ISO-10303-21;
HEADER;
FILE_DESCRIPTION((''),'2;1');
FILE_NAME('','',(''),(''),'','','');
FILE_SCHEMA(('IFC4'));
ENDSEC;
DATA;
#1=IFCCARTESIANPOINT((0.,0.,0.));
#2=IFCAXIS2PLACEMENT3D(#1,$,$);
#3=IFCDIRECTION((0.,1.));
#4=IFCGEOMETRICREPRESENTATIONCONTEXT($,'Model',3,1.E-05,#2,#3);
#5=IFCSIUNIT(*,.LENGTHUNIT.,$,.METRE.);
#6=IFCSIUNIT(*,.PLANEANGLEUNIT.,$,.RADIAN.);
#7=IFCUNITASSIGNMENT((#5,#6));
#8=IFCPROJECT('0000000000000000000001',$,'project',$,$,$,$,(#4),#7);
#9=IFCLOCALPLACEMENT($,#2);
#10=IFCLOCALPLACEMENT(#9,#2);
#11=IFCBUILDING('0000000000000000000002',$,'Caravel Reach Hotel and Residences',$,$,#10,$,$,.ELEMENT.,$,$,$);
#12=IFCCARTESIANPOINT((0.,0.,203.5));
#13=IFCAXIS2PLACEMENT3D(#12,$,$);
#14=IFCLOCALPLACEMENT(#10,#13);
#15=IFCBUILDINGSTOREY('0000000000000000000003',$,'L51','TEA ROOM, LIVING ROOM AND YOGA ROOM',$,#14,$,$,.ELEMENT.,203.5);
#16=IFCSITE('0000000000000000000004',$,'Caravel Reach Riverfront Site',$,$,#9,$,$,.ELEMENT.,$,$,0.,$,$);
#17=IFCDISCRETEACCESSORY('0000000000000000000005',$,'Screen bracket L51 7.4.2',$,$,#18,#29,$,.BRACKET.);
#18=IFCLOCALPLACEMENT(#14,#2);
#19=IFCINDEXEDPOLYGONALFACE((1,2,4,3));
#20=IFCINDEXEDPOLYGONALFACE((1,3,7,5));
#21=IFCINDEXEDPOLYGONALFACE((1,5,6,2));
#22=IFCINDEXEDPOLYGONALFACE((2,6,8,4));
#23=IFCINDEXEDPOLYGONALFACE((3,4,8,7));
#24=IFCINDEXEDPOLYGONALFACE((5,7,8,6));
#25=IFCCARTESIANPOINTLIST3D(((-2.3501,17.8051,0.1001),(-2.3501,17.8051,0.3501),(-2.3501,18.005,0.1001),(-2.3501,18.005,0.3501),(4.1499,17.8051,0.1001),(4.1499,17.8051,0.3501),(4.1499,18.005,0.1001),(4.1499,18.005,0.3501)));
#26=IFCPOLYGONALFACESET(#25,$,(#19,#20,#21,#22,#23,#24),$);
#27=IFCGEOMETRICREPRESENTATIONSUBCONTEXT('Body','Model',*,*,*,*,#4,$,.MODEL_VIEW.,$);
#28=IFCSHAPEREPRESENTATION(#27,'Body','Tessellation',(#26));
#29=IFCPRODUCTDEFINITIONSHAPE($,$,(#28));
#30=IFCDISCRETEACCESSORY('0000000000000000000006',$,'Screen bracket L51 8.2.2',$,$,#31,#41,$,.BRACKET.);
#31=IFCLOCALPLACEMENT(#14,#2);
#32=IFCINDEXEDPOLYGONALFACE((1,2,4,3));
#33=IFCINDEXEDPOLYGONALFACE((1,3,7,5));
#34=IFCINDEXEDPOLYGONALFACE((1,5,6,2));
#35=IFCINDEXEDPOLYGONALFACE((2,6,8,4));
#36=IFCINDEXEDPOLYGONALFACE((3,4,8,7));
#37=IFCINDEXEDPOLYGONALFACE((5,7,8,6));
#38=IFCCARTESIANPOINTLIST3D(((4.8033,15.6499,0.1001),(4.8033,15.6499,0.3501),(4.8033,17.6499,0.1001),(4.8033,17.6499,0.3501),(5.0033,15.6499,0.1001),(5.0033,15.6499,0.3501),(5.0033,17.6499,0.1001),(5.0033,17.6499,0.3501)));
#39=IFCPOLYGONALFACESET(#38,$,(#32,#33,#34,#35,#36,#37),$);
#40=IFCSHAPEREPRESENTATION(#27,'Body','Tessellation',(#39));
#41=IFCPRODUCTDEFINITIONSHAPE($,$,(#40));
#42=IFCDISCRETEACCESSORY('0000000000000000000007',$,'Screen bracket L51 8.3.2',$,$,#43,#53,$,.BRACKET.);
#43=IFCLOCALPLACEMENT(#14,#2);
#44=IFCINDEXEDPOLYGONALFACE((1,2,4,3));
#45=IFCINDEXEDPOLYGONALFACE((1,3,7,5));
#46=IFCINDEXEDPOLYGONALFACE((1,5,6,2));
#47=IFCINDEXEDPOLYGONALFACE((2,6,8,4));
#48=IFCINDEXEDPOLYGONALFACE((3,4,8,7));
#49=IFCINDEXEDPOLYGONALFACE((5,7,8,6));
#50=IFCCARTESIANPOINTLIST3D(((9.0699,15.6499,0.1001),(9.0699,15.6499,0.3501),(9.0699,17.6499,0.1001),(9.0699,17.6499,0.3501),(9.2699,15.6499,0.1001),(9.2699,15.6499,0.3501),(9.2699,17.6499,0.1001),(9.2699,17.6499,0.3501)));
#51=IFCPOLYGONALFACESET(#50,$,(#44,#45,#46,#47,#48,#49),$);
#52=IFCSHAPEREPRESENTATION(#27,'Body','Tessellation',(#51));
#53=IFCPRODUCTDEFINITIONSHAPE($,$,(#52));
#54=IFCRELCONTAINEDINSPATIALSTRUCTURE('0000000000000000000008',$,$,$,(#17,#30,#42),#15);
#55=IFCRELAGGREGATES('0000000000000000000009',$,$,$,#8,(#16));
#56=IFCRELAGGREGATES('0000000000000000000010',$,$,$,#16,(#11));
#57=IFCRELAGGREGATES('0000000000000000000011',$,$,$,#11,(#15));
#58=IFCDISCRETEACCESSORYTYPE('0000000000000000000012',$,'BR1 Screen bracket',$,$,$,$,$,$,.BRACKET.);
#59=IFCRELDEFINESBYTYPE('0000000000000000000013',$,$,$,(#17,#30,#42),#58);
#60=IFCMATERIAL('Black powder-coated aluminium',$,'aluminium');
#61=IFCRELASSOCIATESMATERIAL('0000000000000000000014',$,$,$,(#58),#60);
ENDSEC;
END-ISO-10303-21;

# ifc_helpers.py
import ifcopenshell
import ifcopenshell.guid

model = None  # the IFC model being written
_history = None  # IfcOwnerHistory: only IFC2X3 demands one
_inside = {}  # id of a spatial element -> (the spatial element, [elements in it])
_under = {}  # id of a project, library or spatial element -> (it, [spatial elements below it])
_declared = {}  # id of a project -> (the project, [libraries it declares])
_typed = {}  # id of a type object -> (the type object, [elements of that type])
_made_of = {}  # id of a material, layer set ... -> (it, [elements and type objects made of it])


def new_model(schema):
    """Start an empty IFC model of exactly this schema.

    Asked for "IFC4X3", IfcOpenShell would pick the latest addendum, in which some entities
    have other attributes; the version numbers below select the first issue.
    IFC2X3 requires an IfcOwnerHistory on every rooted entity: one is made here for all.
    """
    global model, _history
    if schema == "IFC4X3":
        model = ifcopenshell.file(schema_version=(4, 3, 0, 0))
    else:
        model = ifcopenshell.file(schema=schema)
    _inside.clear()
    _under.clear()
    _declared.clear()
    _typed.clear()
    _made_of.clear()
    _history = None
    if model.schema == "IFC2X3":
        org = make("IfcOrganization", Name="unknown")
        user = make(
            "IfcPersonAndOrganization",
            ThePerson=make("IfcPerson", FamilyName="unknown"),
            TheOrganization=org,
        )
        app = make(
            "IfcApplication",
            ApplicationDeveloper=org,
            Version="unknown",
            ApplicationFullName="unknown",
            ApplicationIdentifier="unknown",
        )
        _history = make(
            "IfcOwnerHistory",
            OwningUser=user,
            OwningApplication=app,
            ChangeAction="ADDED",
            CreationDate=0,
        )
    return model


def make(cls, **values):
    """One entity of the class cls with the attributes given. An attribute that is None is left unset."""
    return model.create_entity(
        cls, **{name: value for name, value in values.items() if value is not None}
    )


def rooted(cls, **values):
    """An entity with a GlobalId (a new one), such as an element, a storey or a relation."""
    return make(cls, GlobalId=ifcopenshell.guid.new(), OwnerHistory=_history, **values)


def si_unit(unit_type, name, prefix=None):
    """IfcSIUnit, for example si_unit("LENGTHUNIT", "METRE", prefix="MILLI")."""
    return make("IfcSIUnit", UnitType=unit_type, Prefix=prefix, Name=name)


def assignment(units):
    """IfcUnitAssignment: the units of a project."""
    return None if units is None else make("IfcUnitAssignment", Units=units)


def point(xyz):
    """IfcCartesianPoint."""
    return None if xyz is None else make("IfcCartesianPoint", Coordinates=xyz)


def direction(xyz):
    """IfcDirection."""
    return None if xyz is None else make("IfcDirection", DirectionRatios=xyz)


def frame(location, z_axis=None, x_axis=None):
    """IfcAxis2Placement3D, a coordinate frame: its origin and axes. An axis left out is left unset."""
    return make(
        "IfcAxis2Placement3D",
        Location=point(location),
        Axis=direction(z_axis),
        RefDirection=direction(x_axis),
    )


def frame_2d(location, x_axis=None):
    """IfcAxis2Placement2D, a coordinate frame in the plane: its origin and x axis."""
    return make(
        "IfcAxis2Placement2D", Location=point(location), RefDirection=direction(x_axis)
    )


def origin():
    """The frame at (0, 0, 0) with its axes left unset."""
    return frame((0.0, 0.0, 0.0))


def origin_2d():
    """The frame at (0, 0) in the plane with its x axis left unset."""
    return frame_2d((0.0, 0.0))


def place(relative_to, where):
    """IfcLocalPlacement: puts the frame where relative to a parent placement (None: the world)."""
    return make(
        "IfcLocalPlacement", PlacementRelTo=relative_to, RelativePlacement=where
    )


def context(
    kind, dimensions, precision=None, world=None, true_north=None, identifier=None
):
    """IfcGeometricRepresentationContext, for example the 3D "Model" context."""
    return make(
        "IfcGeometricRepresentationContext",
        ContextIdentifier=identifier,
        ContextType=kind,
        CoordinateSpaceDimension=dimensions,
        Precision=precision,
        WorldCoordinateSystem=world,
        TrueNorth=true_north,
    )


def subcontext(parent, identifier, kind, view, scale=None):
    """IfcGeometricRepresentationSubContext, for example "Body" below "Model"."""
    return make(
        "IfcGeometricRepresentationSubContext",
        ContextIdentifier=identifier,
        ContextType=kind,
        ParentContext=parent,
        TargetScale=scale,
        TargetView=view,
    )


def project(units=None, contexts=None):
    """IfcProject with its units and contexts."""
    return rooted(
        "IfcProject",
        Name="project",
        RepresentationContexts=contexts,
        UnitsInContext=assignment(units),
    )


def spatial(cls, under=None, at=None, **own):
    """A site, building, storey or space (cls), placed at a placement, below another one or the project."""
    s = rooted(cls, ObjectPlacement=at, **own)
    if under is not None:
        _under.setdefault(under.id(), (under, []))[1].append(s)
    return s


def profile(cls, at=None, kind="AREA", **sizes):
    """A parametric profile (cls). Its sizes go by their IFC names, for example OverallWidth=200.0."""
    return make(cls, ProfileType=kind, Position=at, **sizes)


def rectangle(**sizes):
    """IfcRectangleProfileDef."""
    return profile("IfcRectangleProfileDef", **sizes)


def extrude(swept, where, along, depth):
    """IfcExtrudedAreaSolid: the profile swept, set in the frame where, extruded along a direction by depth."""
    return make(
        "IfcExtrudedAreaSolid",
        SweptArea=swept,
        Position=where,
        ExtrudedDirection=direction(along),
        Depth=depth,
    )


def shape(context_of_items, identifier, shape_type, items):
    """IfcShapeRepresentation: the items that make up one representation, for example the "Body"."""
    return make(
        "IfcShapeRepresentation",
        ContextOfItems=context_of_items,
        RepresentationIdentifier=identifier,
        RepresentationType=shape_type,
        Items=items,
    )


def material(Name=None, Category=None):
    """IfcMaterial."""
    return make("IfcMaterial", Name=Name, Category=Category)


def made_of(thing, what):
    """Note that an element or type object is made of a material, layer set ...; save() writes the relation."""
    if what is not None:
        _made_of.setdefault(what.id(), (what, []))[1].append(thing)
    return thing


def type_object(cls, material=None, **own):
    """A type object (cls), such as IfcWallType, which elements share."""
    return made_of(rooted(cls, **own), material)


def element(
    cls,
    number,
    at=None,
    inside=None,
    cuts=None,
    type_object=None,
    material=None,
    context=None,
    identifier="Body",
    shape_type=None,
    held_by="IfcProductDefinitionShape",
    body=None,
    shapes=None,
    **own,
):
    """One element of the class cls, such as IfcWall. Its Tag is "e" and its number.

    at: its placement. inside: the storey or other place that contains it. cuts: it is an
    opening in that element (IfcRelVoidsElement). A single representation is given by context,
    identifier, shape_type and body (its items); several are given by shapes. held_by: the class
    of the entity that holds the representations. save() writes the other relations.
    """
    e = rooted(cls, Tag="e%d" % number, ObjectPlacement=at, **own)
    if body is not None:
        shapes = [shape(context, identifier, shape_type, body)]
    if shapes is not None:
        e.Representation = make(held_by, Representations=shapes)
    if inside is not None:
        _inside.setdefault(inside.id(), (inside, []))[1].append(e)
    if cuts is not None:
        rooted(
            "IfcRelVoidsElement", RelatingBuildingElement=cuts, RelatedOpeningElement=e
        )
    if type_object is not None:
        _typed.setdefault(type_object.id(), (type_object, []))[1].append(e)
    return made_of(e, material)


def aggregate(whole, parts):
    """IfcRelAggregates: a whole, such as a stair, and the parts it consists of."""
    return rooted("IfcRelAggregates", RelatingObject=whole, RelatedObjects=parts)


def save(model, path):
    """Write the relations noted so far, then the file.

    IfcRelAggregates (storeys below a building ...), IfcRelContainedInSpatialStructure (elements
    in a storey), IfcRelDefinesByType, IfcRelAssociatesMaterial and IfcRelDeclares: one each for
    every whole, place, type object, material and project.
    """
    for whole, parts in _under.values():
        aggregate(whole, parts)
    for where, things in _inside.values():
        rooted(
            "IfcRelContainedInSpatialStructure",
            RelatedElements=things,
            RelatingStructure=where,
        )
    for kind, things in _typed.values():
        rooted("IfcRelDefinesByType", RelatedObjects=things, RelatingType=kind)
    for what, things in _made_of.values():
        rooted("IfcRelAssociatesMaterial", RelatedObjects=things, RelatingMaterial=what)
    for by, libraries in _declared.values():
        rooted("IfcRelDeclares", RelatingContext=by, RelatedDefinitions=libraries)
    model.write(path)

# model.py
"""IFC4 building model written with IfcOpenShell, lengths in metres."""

from ifc_helpers import new_model, si_unit, direction, frame, origin, origin_2d, place, context, subcontext, project, spatial, rectangle, extrude, material, type_object, element, save


model = new_model("IFC4")

# Units and contexts
model_context = context("Model", 3, precision=1e-05, world=origin(), true_north=direction((0.0, 1.0)))
body_context = subcontext(model_context, "Body", "Model", "MODEL_VIEW")
ifc_project = project(units=[si_unit("LENGTHUNIT", "METRE"), si_unit("PLANEANGLEUNIT", "RADIAN")], contexts=[model_context])

# Site, building, storey
site_placement = place(None, origin())
site = spatial("IfcSite", under=ifc_project, at=site_placement, Name="Caravel Reach Riverfront Site", CompositionType="ELEMENT", RefElevation=0.0)
building_placement = place(site_placement, origin())
building = spatial("IfcBuilding", under=site, at=building_placement, Name="Caravel Reach Hotel and Residences", CompositionType="ELEMENT")
storey_placement = place(building_placement, frame((0.0, 0.0, 203.5)))
storey = spatial("IfcBuildingStorey", under=building, at=storey_placement, Name="L51", Description="TEA ROOM, LIVING ROOM AND YOGA ROOM", CompositionType="ELEMENT", Elevation=203.5)

# Discrete accessories
ifc_material_1 = material(Name="Black powder-coated aluminium", Category="aluminium")
discrete_accessory_type = type_object("IfcDiscreteAccessoryType", Name="BR1 Screen bracket", PredefinedType="BRACKET", material=ifc_material_1)
discrete_accessory_placement = place(storey_placement, frame((0.8999, 17.905, 0.1001), z_axis=(0.0, 0.0, 1.0), x_axis=(-1.0, 0.0, 0.0)))
element("IfcDiscreteAccessory", 1, at=discrete_accessory_placement, inside=storey, type_object=discrete_accessory_type, Name="Screen bracket L51 7.4.2", PredefinedType="BRACKET", context=body_context, shape_type="SweptSolid", body=[
    extrude(rectangle(XDim=6.5, YDim=0.2, at=origin_2d()), origin(), (0.0, 0.0, 1.0), 0.25),
])
for number, where, z_axis, x_axis, name in (
    (2, (4.9033, 16.6499, 0.1001), (0.0, 0.0, 1.0), (0.0, -1.0, 0.0), "Screen bracket L51 8.2.2"),
    (3, (9.1699, 16.6499, 0.1001), (0.0, 0.0, 1.0), (0.0, -1.0, 0.0), "Screen bracket L51 8.3.2"),
):
    element("IfcDiscreteAccessory", number, at=place(storey_placement, frame(where, z_axis=z_axis, x_axis=x_axis)), inside=storey, type_object=discrete_accessory_type, Name=name, PredefinedType="BRACKET", context=body_context, shape_type="SweptSolid", body=[
        extrude(rectangle(XDim=2.0, YDim=0.2, at=origin_2d()), origin(), (0.0, 0.0, 1.0), 0.25),
    ])

save(model, "model.ifc")
